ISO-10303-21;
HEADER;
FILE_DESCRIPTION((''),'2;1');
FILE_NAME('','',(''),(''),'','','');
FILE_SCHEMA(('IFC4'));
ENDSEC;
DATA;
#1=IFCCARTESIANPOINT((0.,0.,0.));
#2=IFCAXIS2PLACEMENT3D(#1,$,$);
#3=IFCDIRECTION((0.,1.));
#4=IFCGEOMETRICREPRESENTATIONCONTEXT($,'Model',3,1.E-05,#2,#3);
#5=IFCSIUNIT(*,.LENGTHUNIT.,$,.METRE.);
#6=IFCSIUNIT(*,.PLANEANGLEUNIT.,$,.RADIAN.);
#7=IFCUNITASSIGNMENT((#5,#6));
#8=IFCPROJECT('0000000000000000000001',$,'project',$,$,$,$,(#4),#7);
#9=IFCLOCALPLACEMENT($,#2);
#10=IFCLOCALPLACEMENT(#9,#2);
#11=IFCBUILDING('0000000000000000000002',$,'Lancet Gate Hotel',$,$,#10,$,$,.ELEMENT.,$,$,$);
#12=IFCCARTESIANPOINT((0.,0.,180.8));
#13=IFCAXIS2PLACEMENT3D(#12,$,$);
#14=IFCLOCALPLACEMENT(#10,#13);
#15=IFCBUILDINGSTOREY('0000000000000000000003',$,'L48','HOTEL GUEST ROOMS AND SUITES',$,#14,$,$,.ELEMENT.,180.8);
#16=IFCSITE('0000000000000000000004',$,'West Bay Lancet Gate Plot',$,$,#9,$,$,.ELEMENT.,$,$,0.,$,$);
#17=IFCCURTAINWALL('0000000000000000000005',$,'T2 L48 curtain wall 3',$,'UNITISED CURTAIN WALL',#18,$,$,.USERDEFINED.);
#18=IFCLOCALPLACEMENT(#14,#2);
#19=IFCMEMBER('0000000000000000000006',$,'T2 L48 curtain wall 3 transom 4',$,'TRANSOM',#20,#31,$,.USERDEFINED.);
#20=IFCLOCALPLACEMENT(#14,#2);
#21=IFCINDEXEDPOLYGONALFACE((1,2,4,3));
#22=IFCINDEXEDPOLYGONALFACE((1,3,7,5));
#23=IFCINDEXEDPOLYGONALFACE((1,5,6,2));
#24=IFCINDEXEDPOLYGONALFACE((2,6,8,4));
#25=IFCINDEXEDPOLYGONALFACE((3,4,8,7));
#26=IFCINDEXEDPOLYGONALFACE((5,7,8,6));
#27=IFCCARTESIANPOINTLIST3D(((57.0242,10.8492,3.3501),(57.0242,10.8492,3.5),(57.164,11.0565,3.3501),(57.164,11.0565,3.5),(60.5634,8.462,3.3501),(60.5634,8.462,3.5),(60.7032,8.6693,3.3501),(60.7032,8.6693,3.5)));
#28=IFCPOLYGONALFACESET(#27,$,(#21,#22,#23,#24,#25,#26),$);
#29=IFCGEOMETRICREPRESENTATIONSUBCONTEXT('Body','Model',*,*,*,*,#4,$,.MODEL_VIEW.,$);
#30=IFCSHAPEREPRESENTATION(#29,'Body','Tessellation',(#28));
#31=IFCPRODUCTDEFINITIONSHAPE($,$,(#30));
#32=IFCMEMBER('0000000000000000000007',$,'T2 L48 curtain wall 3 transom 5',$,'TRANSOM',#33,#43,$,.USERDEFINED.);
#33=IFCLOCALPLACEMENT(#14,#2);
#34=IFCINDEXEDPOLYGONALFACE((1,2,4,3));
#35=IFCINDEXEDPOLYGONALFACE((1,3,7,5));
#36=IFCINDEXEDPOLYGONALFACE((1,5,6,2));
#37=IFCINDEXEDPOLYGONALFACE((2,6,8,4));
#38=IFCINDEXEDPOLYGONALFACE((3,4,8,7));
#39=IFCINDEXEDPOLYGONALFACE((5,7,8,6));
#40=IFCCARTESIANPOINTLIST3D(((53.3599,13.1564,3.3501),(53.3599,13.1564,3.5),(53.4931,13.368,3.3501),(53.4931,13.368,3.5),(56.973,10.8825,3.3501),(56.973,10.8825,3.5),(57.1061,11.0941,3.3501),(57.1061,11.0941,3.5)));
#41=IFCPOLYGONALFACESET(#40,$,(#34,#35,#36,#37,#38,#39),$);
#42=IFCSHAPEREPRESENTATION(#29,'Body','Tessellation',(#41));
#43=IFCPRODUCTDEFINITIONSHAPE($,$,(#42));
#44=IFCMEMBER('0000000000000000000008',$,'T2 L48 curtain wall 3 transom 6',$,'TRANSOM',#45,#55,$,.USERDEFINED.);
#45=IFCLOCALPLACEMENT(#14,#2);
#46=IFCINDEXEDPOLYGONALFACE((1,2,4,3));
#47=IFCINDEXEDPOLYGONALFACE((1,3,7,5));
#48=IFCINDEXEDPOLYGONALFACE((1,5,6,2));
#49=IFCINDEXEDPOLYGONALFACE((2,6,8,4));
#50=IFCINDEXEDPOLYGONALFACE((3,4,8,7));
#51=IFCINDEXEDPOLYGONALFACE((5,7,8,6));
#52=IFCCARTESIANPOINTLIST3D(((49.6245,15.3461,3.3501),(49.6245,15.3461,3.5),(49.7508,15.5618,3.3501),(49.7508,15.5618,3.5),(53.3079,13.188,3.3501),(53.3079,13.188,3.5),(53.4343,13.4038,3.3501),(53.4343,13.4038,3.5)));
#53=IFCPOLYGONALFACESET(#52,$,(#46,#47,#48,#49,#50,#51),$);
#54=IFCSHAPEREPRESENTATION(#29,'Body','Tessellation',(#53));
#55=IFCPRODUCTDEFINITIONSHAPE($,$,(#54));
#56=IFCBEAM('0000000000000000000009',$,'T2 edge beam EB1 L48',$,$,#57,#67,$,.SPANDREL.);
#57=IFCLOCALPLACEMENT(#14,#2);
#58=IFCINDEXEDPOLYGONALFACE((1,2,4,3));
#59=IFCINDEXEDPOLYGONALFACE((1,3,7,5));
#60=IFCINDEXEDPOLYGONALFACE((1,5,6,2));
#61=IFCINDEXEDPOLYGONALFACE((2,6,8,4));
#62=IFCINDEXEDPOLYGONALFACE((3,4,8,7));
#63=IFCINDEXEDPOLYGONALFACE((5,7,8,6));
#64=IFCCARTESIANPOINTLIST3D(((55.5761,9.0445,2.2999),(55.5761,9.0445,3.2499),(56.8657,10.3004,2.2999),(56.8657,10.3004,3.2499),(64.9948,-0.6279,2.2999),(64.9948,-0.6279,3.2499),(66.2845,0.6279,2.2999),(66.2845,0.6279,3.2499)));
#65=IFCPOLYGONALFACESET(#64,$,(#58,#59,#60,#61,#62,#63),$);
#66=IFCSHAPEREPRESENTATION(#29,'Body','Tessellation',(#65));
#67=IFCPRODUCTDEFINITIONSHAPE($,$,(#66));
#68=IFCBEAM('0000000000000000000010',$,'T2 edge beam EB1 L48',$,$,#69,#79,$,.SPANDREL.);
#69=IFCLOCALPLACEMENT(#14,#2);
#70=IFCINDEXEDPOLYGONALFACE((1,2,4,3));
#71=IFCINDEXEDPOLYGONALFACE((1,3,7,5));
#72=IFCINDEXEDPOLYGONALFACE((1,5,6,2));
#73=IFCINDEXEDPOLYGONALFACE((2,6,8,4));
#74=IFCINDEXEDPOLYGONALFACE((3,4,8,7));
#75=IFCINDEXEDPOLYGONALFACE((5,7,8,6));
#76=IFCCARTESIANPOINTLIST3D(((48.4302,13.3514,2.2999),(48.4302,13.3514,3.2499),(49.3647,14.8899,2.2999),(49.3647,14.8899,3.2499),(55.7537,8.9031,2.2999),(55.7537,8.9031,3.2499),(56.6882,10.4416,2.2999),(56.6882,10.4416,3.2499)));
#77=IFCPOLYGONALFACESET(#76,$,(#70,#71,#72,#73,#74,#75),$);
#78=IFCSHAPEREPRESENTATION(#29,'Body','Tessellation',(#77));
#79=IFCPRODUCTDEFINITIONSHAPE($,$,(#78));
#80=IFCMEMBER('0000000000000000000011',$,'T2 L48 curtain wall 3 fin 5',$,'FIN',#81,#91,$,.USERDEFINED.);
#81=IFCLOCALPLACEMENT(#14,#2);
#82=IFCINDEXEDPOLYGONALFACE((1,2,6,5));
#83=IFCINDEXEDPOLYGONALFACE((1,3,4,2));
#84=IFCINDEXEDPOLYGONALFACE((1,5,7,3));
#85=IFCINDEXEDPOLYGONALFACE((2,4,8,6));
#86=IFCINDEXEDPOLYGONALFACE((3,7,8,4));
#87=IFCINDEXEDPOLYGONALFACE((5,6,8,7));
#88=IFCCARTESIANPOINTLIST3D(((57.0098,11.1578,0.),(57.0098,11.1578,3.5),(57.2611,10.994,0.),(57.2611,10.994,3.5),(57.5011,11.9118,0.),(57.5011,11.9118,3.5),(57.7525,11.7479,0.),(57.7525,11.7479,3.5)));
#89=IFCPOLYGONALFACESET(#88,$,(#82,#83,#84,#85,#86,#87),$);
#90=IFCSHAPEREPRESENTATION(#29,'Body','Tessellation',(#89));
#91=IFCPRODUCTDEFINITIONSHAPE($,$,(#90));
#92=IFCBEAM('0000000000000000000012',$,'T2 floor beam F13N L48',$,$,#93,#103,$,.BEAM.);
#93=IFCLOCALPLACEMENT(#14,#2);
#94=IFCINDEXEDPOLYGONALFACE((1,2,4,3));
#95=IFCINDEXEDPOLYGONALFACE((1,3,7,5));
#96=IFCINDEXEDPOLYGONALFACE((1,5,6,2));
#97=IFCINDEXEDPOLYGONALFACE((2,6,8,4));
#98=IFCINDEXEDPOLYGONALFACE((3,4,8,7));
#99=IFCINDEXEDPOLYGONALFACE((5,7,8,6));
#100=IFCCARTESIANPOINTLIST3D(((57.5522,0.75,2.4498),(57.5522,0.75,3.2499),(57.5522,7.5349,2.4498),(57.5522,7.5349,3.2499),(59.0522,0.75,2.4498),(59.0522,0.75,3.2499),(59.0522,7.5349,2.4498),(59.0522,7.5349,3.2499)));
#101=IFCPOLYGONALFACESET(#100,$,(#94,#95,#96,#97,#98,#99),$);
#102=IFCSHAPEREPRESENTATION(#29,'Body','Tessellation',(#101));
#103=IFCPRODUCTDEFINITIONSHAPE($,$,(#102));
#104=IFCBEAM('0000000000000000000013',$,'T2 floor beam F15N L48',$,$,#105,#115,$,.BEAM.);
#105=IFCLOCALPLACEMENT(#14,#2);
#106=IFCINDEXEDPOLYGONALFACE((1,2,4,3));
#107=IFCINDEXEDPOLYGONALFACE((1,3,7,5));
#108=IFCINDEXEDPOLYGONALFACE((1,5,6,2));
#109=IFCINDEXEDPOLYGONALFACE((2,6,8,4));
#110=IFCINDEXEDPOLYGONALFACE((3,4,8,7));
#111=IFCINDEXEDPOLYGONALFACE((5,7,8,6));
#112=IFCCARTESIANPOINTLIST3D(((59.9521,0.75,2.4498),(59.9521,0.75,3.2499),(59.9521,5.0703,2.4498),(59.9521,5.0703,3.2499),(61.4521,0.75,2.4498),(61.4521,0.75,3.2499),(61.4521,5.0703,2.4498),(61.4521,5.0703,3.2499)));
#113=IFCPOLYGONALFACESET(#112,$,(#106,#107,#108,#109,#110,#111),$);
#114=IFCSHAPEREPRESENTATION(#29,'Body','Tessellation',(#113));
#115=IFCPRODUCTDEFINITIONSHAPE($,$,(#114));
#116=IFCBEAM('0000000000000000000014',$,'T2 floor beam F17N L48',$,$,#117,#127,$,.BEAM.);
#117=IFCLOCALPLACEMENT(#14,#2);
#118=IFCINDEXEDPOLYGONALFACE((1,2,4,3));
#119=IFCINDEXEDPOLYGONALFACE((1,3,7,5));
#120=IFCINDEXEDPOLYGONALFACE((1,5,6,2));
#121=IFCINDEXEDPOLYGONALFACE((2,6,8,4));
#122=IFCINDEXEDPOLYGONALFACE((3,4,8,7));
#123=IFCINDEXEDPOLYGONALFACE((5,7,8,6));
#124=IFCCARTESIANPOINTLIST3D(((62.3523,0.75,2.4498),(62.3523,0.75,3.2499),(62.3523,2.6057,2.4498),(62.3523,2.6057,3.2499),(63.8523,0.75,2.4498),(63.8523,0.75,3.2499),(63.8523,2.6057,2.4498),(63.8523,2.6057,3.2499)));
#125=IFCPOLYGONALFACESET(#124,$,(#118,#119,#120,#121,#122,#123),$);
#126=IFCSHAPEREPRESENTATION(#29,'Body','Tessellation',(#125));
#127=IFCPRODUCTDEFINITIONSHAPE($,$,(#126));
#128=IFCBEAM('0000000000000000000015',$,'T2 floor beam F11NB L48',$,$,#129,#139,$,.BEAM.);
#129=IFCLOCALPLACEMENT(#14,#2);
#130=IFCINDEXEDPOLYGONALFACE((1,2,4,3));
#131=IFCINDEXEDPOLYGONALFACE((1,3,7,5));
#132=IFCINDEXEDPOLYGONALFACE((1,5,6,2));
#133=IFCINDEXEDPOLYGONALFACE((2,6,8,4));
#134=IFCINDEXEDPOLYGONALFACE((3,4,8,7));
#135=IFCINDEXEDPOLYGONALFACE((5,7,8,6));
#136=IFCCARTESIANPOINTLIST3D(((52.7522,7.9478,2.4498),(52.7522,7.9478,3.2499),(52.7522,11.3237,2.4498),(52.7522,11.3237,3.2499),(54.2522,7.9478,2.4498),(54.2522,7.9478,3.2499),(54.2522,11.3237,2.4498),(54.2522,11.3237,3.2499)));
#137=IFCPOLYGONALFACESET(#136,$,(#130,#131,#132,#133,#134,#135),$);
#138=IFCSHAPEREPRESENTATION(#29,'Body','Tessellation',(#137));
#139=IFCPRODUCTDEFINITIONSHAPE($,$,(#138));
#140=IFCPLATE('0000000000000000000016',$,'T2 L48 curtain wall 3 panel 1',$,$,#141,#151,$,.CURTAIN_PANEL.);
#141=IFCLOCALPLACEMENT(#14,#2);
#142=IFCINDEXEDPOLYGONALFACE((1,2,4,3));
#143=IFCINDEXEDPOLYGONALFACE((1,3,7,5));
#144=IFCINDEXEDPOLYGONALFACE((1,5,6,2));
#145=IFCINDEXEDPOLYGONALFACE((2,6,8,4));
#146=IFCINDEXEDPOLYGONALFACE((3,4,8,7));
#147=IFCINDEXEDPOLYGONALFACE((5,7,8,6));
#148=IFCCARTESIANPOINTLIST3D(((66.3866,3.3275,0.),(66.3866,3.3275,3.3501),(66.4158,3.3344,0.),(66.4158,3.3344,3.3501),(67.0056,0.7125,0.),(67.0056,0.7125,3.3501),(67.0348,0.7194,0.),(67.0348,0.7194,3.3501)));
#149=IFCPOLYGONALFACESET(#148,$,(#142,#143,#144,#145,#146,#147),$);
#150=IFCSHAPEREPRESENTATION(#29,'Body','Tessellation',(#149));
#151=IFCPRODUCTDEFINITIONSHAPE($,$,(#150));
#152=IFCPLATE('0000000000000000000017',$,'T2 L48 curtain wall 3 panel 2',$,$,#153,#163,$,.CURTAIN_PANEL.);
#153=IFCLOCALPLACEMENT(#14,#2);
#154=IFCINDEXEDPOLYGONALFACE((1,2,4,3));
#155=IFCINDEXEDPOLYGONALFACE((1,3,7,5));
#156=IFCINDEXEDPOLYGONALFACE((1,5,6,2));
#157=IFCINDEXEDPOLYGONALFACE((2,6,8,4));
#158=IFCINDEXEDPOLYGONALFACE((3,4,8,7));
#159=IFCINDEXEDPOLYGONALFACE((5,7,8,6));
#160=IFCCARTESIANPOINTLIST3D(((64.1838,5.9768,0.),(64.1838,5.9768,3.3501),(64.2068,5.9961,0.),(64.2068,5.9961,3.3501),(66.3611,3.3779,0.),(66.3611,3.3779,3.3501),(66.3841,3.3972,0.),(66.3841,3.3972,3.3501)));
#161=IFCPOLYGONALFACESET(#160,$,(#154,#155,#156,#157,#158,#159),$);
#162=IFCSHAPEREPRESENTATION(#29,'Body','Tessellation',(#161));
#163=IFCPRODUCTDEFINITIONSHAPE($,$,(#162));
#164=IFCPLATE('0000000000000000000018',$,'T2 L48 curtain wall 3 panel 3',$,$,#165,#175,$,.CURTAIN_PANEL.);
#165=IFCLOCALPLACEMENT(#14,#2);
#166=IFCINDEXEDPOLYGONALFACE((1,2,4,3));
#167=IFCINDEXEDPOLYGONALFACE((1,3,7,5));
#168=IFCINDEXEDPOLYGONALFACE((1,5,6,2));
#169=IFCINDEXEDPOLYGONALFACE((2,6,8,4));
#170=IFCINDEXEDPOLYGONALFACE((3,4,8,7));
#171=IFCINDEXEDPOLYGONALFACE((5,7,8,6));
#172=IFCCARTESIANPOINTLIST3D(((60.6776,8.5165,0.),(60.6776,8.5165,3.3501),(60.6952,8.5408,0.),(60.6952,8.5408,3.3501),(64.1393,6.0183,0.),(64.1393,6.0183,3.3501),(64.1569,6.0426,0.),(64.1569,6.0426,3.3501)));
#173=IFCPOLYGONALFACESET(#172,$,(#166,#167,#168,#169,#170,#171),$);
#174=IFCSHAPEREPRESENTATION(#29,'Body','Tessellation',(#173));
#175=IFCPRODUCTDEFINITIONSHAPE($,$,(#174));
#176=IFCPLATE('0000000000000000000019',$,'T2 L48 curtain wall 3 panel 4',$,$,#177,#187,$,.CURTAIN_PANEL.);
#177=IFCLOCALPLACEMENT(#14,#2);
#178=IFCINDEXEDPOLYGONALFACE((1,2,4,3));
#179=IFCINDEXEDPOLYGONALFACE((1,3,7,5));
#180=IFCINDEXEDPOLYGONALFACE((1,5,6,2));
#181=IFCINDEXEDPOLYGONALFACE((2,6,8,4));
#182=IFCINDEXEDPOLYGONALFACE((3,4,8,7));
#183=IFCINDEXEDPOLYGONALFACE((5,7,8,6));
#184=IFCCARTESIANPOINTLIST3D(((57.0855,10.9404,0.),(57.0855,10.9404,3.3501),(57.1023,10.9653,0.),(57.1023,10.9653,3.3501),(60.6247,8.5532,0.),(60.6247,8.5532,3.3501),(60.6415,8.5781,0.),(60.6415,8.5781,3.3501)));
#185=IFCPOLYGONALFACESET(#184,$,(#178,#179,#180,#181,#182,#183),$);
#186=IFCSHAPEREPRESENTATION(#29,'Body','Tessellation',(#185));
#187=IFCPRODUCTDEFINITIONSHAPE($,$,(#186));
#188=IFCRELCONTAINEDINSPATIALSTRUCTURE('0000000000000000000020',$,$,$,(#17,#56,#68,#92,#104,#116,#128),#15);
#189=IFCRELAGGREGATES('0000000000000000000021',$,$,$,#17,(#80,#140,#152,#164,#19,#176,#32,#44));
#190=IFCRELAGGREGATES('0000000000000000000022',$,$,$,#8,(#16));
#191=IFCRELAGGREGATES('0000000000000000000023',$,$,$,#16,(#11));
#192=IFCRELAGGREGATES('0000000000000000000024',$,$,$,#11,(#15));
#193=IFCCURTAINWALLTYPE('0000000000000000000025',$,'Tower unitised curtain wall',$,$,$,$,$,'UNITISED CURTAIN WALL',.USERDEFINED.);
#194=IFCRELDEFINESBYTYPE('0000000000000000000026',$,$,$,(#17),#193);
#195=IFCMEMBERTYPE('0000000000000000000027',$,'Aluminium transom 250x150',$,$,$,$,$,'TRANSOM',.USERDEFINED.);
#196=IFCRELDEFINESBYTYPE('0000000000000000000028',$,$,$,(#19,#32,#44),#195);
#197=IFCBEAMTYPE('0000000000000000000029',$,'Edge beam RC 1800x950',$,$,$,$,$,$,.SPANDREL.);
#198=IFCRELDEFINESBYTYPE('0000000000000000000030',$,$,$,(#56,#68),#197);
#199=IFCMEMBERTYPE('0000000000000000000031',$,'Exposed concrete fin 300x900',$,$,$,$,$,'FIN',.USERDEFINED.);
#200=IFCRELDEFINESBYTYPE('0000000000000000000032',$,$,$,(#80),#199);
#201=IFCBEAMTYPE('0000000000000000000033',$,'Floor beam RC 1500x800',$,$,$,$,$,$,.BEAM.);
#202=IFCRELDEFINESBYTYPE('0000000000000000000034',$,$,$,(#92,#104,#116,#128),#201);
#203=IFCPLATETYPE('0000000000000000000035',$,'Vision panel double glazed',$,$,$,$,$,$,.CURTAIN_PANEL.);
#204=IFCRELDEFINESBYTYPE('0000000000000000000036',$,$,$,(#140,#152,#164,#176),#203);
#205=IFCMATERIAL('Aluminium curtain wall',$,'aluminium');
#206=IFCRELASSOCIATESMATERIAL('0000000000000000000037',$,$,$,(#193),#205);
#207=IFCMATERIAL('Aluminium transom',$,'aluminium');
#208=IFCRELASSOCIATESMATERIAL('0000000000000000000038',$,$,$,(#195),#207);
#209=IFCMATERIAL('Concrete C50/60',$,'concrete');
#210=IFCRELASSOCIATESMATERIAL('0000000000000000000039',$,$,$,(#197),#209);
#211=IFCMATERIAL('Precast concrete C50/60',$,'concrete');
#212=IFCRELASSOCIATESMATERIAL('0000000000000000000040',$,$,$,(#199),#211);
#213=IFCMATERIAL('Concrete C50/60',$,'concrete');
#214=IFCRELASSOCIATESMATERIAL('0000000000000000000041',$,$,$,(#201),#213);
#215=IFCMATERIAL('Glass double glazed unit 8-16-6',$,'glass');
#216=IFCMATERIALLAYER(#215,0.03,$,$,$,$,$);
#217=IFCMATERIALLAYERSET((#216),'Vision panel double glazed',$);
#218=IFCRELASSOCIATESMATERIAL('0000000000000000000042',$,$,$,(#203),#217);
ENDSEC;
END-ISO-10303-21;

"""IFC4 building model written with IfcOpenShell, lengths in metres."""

from ifc_helpers import new_model, si_unit, direction, frame, origin, origin_2d, place, context, subcontext, project, spatial, rectangle, extrude, material, layer, layer_set, material_profile, profile_set, type_object, element, aggregate, save


model = new_model("IFC4")

# Units and contexts
model_context = context("Model", 3, precision=1e-05, world=origin(), true_north=direction((0.0, 1.0)))
body_context = subcontext(model_context, "Body", "Model", "MODEL_VIEW")
ifc_project = project(units=[si_unit("LENGTHUNIT", "METRE"), si_unit("PLANEANGLEUNIT", "RADIAN")], contexts=[model_context])

# Site, building, storey
site_placement = place(None, origin())
site = spatial("IfcSite", under=ifc_project, at=site_placement, Name="West Bay Lancet Gate Plot", CompositionType="ELEMENT", RefElevation=0.0)
building_placement = place(site_placement, origin())
building = spatial("IfcBuilding", under=site, at=building_placement, Name="Lancet Gate Hotel", CompositionType="ELEMENT")
storey_placement = place(building_placement, frame((0.0, 0.0, 180.8)))
storey = spatial("IfcBuildingStorey", under=building, at=storey_placement, Name="L48", Description="HOTEL GUEST ROOMS AND SUITES", CompositionType="ELEMENT", Elevation=180.8)

# Curtain wall, members
ifc_material_1 = material(Name="Aluminium curtain wall", Category="aluminium")
curtain_wall_type = type_object("IfcCurtainWallType", Name="Tower unitised curtain wall", ElementType="UNITISED CURTAIN WALL", PredefinedType="USERDEFINED", material=ifc_material_1)
curtain_wall_placement = place(storey_placement, origin())
curtain_wall = element("IfcCurtainWall", 1, at=curtain_wall_placement, inside=storey, type_object=curtain_wall_type, Name="T2 L48 curtain wall 3", ObjectType="UNITISED CURTAIN WALL", PredefinedType="USERDEFINED")
ifc_material_2 = material(Name="Aluminium transom", Category="aluminium")
ifc_material_profile_1 = material_profile(ifc_material_2, rectangle(XDim=0.25, YDim=0.1499, at=origin_2d()), Name="TRANSOM 250x150")
ifc_profile_set_1 = profile_set([ifc_material_profile_1], Name="Aluminium transom")
member_type_1 = type_object("IfcMemberType", Name="Aluminium transom 250x150", ElementType="TRANSOM", PredefinedType="USERDEFINED", material=ifc_profile_set_1)
member_1_placement = place(storey_placement, frame((60.6333, 8.5657, 3.425), z_axis=(-0.829047, 0.559179, 0.0), x_axis=(-0.559179, -0.829047, 0.0)))
member_1 = element("IfcMember", 2, at=member_1_placement, type_object=member_type_1, Name="T2 L48 curtain wall 3 transom 4", ObjectType="TRANSOM", PredefinedType="USERDEFINED", context=body_context, shape_type="SweptSolid", body=[
    extrude(rectangle(XDim=0.25, YDim=0.1499, at=origin_2d()), origin(), (0.0, 0.0, 1.0), 4.269),
])
member_2_placement = place(storey_placement, frame((57.0396, 10.9883, 3.425), z_axis=(-0.846333, 0.532654, 0.0), x_axis=(-0.532654, -0.846333, 0.0)))
member_2 = element("IfcMember", 3, at=member_2_placement, type_object=member_type_1, Name="T2 L48 curtain wall 3 transom 5", ObjectType="TRANSOM", PredefinedType="USERDEFINED", context=body_context, shape_type="SweptSolid", body=[
    extrude(rectangle(XDim=0.25, YDim=0.1499, at=origin_2d()), origin(), (0.0, 0.0, 1.0), 4.269),
])
member_3_placement = place(storey_placement, frame((53.3711, 13.2959, 3.425), z_axis=(-0.862825, 0.505502, 0.0), x_axis=(-0.505502, -0.862825, 0.0)))
member_3 = element("IfcMember", 4, at=member_3_placement, type_object=member_type_1, Name="T2 L48 curtain wall 3 transom 6", ObjectType="TRANSOM", PredefinedType="USERDEFINED", context=body_context, shape_type="SweptSolid", body=[
    extrude(rectangle(XDim=0.25, YDim=0.1499, at=origin_2d()), origin(), (0.0, 0.0, 1.0), 4.269),
])

# Beams
ifc_material_3 = material(Name="Concrete C50/60", Category="concrete")
ifc_material_profile_2 = material_profile(ifc_material_3, rectangle(XDim=1.8, YDim=0.95, at=origin_2d()), Name="RC 1800x950")
ifc_profile_set_2 = profile_set([ifc_material_profile_2], Name="Concrete C50/60")
beam_type_1 = type_object("IfcBeamType", Name="Edge beam RC 1800x950", PredefinedType="SPANDREL", material=ifc_profile_set_2)
beam_1_placement = place(storey_placement, frame((65.6396, 0.0, 2.7749), z_axis=(-0.69765, 0.716439, 0.0), x_axis=(-0.716439, -0.69765, 0.0)))
element("IfcBeam", 5, at=beam_1_placement, inside=storey, type_object=beam_type_1, Name="T2 edge beam EB1 L48", PredefinedType="SPANDREL", context=body_context, shape_type="SweptSolid", body=[
    extrude(rectangle(XDim=1.8, YDim=0.95, at=origin_2d()), origin(), (0.0, 0.0, 1.0), 13.5007),
])
beam_2_placement = place(storey_placement, frame((56.2209, 9.6724, 2.7749), z_axis=(-0.854692, 0.519135, 0.0), x_axis=(-0.519135, -0.854692, 0.0)))
element("IfcBeam", 6, at=beam_2_placement, inside=storey, type_object=beam_type_1, Name="T2 edge beam EB1 L48", PredefinedType="SPANDREL", context=body_context, shape_type="SweptSolid", body=[
    extrude(rectangle(XDim=1.8, YDim=0.95, at=origin_2d()), origin(), (0.0, 0.0, 1.0), 8.5686),
])

# Member
ifc_material_4 = material(Name="Precast concrete C50/60", Category="concrete")
ifc_material_profile_3 = material_profile(ifc_material_4, rectangle(XDim=0.3, YDim=0.8999, at=origin_2d()), Name="FIN 300x900")
ifc_profile_set_3 = profile_set([ifc_material_profile_3], Name="Precast concrete C50/60")
member_type_2 = type_object("IfcMemberType", Name="Exposed concrete fin 300x900", ElementType="FIN", PredefinedType="USERDEFINED", material=ifc_profile_set_3)
member_4_placement = place(storey_placement, frame((57.3811, 11.4529, 0.0), z_axis=(0.0, 0.0, 1.0), x_axis=(-0.837801, 0.545976, 0.0)))
member_4 = element("IfcMember", 7, at=member_4_placement, type_object=member_type_2, Name="T2 L48 curtain wall 3 fin 5", ObjectType="FIN", PredefinedType="USERDEFINED", context=body_context, shape_type="SweptSolid", body=[
    extrude(rectangle(XDim=0.3, YDim=0.8999, at=origin_2d()), origin(), (0.0, 0.0, 1.0), 3.5),
])

# Beams
ifc_material_5 = material(Name="Concrete C50/60", Category="concrete")
ifc_material_profile_4 = material_profile(ifc_material_5, rectangle(XDim=1.5, YDim=0.8, at=origin_2d()), Name="RC 1500x800")
ifc_profile_set_4 = profile_set([ifc_material_profile_4], Name="Concrete C50/60")
beam_type_2 = type_object("IfcBeamType", Name="Floor beam RC 1500x800", PredefinedType="BEAM", material=ifc_profile_set_4)
beam_3_placement = place(storey_placement, frame((58.3022, 0.75, 2.8499), z_axis=(0.0, 1.0, 0.0), x_axis=(-1.0, 0.0, 0.0)))
element("IfcBeam", 8, at=beam_3_placement, inside=storey, type_object=beam_type_2, Name="T2 floor beam F13N L48", PredefinedType="BEAM", context=body_context, shape_type="SweptSolid", body=[
    extrude(rectangle(XDim=1.5, YDim=0.8, at=origin_2d()), origin(), (0.0, 0.0, 1.0), 6.7849),
])
beam_4_placement = place(storey_placement, frame((60.7021, 0.75, 2.8499), z_axis=(0.0, 1.0, 0.0), x_axis=(-1.0, 0.0, 0.0)))
element("IfcBeam", 9, at=beam_4_placement, inside=storey, type_object=beam_type_2, Name="T2 floor beam F15N L48", PredefinedType="BEAM", context=body_context, shape_type="SweptSolid", body=[
    extrude(rectangle(XDim=1.5, YDim=0.8, at=origin_2d()), origin(), (0.0, 0.0, 1.0), 4.3203),
])
beam_5_placement = place(storey_placement, frame((63.1023, 0.75, 2.8499), z_axis=(0.0, 1.0, 0.0), x_axis=(-1.0, 0.0, 0.0)))
element("IfcBeam", 10, at=beam_5_placement, inside=storey, type_object=beam_type_2, Name="T2 floor beam F17N L48", PredefinedType="BEAM", context=body_context, shape_type="SweptSolid", body=[
    extrude(rectangle(XDim=1.5, YDim=0.8, at=origin_2d()), origin(), (0.0, 0.0, 1.0), 1.8557),
])
beam_6_placement = place(storey_placement, frame((53.5022, 7.9478, 2.8499), z_axis=(0.0, 1.0, 0.0), x_axis=(-1.0, 0.0, 0.0)))
element("IfcBeam", 11, at=beam_6_placement, inside=storey, type_object=beam_type_2, Name="T2 floor beam F11NB L48", PredefinedType="BEAM", context=body_context, shape_type="SweptSolid", body=[
    extrude(rectangle(XDim=1.5, YDim=0.8, at=origin_2d()), origin(), (0.0, 0.0, 1.0), 3.376),
])

# Plates
ifc_material_6 = material(Name="Glass double glazed unit 8-16-6", Category="glass")
ifc_layer_1 = layer(ifc_material_6, 0.03)
ifc_layer_set_1 = layer_set([ifc_layer_1], Name="Vision panel double glazed")
plate_type = type_object("IfcPlateType", Name="Vision panel double glazed", PredefinedType="CURTAIN_PANEL", material=ifc_layer_set_1)
plate_1_placement = place(storey_placement, frame((66.7107, 2.0234, 0.0), z_axis=(0.0, 0.0, 1.0), x_axis=(-0.230367, 0.973104, 0.0)))
plate_1 = element("IfcPlate", 12, at=plate_1_placement, type_object=plate_type, Name="T2 L48 curtain wall 3 panel 1", PredefinedType="CURTAIN_PANEL", context=body_context, shape_type="SweptSolid", body=[
    extrude(rectangle(XDim=2.6873, YDim=0.03, at=origin_2d()), origin(), (0.0, 0.0, 1.0), 3.3501),
])
plate_2_placement = place(storey_placement, frame((65.2839, 4.687, 0.0), z_axis=(0.0, 0.0, 1.0), x_axis=(-0.642199, 0.766538, 0.0)))
plate_2 = element("IfcPlate", 13, at=plate_2_placement, type_object=plate_type, Name="T2 L48 curtain wall 3 panel 2", PredefinedType="CURTAIN_PANEL", context=body_context, shape_type="SweptSolid", body=[
    extrude(rectangle(XDim=3.3904, YDim=0.03, at=origin_2d()), origin(), (0.0, 0.0, 1.0), 3.3501),
])
plate_3_placement = place(storey_placement, frame((62.4172, 7.2795, 0.0), z_axis=(0.0, 0.0, 1.0), x_axis=(-0.810891, 0.585197, 0.0)))
plate_3 = element("IfcPlate", 14, at=plate_3_placement, type_object=plate_type, Name="T2 L48 curtain wall 3 panel 3", PredefinedType="CURTAIN_PANEL", context=body_context, shape_type="SweptSolid", body=[
    extrude(rectangle(XDim=4.269, YDim=0.03, at=origin_2d()), origin(), (0.0, 0.0, 1.0), 3.3501),
])
plate_4_placement = place(storey_placement, frame((58.8635, 9.7593, 0.0), z_axis=(0.0, 0.0, 1.0), x_axis=(-0.829039, 0.559191, 0.0)))
plate_4 = element("IfcPlate", 15, at=plate_4_placement, type_object=plate_type, Name="T2 L48 curtain wall 3 panel 4", PredefinedType="CURTAIN_PANEL", context=body_context, shape_type="SweptSolid", body=[
    extrude(rectangle(XDim=4.269, YDim=0.03, at=origin_2d()), origin(), (0.0, 0.0, 1.0), 3.3501),
])
aggregate(curtain_wall, [member_4, plate_1, plate_2, plate_3, member_1, plate_4, member_2, member_3])

save(model, "model.ifc")
